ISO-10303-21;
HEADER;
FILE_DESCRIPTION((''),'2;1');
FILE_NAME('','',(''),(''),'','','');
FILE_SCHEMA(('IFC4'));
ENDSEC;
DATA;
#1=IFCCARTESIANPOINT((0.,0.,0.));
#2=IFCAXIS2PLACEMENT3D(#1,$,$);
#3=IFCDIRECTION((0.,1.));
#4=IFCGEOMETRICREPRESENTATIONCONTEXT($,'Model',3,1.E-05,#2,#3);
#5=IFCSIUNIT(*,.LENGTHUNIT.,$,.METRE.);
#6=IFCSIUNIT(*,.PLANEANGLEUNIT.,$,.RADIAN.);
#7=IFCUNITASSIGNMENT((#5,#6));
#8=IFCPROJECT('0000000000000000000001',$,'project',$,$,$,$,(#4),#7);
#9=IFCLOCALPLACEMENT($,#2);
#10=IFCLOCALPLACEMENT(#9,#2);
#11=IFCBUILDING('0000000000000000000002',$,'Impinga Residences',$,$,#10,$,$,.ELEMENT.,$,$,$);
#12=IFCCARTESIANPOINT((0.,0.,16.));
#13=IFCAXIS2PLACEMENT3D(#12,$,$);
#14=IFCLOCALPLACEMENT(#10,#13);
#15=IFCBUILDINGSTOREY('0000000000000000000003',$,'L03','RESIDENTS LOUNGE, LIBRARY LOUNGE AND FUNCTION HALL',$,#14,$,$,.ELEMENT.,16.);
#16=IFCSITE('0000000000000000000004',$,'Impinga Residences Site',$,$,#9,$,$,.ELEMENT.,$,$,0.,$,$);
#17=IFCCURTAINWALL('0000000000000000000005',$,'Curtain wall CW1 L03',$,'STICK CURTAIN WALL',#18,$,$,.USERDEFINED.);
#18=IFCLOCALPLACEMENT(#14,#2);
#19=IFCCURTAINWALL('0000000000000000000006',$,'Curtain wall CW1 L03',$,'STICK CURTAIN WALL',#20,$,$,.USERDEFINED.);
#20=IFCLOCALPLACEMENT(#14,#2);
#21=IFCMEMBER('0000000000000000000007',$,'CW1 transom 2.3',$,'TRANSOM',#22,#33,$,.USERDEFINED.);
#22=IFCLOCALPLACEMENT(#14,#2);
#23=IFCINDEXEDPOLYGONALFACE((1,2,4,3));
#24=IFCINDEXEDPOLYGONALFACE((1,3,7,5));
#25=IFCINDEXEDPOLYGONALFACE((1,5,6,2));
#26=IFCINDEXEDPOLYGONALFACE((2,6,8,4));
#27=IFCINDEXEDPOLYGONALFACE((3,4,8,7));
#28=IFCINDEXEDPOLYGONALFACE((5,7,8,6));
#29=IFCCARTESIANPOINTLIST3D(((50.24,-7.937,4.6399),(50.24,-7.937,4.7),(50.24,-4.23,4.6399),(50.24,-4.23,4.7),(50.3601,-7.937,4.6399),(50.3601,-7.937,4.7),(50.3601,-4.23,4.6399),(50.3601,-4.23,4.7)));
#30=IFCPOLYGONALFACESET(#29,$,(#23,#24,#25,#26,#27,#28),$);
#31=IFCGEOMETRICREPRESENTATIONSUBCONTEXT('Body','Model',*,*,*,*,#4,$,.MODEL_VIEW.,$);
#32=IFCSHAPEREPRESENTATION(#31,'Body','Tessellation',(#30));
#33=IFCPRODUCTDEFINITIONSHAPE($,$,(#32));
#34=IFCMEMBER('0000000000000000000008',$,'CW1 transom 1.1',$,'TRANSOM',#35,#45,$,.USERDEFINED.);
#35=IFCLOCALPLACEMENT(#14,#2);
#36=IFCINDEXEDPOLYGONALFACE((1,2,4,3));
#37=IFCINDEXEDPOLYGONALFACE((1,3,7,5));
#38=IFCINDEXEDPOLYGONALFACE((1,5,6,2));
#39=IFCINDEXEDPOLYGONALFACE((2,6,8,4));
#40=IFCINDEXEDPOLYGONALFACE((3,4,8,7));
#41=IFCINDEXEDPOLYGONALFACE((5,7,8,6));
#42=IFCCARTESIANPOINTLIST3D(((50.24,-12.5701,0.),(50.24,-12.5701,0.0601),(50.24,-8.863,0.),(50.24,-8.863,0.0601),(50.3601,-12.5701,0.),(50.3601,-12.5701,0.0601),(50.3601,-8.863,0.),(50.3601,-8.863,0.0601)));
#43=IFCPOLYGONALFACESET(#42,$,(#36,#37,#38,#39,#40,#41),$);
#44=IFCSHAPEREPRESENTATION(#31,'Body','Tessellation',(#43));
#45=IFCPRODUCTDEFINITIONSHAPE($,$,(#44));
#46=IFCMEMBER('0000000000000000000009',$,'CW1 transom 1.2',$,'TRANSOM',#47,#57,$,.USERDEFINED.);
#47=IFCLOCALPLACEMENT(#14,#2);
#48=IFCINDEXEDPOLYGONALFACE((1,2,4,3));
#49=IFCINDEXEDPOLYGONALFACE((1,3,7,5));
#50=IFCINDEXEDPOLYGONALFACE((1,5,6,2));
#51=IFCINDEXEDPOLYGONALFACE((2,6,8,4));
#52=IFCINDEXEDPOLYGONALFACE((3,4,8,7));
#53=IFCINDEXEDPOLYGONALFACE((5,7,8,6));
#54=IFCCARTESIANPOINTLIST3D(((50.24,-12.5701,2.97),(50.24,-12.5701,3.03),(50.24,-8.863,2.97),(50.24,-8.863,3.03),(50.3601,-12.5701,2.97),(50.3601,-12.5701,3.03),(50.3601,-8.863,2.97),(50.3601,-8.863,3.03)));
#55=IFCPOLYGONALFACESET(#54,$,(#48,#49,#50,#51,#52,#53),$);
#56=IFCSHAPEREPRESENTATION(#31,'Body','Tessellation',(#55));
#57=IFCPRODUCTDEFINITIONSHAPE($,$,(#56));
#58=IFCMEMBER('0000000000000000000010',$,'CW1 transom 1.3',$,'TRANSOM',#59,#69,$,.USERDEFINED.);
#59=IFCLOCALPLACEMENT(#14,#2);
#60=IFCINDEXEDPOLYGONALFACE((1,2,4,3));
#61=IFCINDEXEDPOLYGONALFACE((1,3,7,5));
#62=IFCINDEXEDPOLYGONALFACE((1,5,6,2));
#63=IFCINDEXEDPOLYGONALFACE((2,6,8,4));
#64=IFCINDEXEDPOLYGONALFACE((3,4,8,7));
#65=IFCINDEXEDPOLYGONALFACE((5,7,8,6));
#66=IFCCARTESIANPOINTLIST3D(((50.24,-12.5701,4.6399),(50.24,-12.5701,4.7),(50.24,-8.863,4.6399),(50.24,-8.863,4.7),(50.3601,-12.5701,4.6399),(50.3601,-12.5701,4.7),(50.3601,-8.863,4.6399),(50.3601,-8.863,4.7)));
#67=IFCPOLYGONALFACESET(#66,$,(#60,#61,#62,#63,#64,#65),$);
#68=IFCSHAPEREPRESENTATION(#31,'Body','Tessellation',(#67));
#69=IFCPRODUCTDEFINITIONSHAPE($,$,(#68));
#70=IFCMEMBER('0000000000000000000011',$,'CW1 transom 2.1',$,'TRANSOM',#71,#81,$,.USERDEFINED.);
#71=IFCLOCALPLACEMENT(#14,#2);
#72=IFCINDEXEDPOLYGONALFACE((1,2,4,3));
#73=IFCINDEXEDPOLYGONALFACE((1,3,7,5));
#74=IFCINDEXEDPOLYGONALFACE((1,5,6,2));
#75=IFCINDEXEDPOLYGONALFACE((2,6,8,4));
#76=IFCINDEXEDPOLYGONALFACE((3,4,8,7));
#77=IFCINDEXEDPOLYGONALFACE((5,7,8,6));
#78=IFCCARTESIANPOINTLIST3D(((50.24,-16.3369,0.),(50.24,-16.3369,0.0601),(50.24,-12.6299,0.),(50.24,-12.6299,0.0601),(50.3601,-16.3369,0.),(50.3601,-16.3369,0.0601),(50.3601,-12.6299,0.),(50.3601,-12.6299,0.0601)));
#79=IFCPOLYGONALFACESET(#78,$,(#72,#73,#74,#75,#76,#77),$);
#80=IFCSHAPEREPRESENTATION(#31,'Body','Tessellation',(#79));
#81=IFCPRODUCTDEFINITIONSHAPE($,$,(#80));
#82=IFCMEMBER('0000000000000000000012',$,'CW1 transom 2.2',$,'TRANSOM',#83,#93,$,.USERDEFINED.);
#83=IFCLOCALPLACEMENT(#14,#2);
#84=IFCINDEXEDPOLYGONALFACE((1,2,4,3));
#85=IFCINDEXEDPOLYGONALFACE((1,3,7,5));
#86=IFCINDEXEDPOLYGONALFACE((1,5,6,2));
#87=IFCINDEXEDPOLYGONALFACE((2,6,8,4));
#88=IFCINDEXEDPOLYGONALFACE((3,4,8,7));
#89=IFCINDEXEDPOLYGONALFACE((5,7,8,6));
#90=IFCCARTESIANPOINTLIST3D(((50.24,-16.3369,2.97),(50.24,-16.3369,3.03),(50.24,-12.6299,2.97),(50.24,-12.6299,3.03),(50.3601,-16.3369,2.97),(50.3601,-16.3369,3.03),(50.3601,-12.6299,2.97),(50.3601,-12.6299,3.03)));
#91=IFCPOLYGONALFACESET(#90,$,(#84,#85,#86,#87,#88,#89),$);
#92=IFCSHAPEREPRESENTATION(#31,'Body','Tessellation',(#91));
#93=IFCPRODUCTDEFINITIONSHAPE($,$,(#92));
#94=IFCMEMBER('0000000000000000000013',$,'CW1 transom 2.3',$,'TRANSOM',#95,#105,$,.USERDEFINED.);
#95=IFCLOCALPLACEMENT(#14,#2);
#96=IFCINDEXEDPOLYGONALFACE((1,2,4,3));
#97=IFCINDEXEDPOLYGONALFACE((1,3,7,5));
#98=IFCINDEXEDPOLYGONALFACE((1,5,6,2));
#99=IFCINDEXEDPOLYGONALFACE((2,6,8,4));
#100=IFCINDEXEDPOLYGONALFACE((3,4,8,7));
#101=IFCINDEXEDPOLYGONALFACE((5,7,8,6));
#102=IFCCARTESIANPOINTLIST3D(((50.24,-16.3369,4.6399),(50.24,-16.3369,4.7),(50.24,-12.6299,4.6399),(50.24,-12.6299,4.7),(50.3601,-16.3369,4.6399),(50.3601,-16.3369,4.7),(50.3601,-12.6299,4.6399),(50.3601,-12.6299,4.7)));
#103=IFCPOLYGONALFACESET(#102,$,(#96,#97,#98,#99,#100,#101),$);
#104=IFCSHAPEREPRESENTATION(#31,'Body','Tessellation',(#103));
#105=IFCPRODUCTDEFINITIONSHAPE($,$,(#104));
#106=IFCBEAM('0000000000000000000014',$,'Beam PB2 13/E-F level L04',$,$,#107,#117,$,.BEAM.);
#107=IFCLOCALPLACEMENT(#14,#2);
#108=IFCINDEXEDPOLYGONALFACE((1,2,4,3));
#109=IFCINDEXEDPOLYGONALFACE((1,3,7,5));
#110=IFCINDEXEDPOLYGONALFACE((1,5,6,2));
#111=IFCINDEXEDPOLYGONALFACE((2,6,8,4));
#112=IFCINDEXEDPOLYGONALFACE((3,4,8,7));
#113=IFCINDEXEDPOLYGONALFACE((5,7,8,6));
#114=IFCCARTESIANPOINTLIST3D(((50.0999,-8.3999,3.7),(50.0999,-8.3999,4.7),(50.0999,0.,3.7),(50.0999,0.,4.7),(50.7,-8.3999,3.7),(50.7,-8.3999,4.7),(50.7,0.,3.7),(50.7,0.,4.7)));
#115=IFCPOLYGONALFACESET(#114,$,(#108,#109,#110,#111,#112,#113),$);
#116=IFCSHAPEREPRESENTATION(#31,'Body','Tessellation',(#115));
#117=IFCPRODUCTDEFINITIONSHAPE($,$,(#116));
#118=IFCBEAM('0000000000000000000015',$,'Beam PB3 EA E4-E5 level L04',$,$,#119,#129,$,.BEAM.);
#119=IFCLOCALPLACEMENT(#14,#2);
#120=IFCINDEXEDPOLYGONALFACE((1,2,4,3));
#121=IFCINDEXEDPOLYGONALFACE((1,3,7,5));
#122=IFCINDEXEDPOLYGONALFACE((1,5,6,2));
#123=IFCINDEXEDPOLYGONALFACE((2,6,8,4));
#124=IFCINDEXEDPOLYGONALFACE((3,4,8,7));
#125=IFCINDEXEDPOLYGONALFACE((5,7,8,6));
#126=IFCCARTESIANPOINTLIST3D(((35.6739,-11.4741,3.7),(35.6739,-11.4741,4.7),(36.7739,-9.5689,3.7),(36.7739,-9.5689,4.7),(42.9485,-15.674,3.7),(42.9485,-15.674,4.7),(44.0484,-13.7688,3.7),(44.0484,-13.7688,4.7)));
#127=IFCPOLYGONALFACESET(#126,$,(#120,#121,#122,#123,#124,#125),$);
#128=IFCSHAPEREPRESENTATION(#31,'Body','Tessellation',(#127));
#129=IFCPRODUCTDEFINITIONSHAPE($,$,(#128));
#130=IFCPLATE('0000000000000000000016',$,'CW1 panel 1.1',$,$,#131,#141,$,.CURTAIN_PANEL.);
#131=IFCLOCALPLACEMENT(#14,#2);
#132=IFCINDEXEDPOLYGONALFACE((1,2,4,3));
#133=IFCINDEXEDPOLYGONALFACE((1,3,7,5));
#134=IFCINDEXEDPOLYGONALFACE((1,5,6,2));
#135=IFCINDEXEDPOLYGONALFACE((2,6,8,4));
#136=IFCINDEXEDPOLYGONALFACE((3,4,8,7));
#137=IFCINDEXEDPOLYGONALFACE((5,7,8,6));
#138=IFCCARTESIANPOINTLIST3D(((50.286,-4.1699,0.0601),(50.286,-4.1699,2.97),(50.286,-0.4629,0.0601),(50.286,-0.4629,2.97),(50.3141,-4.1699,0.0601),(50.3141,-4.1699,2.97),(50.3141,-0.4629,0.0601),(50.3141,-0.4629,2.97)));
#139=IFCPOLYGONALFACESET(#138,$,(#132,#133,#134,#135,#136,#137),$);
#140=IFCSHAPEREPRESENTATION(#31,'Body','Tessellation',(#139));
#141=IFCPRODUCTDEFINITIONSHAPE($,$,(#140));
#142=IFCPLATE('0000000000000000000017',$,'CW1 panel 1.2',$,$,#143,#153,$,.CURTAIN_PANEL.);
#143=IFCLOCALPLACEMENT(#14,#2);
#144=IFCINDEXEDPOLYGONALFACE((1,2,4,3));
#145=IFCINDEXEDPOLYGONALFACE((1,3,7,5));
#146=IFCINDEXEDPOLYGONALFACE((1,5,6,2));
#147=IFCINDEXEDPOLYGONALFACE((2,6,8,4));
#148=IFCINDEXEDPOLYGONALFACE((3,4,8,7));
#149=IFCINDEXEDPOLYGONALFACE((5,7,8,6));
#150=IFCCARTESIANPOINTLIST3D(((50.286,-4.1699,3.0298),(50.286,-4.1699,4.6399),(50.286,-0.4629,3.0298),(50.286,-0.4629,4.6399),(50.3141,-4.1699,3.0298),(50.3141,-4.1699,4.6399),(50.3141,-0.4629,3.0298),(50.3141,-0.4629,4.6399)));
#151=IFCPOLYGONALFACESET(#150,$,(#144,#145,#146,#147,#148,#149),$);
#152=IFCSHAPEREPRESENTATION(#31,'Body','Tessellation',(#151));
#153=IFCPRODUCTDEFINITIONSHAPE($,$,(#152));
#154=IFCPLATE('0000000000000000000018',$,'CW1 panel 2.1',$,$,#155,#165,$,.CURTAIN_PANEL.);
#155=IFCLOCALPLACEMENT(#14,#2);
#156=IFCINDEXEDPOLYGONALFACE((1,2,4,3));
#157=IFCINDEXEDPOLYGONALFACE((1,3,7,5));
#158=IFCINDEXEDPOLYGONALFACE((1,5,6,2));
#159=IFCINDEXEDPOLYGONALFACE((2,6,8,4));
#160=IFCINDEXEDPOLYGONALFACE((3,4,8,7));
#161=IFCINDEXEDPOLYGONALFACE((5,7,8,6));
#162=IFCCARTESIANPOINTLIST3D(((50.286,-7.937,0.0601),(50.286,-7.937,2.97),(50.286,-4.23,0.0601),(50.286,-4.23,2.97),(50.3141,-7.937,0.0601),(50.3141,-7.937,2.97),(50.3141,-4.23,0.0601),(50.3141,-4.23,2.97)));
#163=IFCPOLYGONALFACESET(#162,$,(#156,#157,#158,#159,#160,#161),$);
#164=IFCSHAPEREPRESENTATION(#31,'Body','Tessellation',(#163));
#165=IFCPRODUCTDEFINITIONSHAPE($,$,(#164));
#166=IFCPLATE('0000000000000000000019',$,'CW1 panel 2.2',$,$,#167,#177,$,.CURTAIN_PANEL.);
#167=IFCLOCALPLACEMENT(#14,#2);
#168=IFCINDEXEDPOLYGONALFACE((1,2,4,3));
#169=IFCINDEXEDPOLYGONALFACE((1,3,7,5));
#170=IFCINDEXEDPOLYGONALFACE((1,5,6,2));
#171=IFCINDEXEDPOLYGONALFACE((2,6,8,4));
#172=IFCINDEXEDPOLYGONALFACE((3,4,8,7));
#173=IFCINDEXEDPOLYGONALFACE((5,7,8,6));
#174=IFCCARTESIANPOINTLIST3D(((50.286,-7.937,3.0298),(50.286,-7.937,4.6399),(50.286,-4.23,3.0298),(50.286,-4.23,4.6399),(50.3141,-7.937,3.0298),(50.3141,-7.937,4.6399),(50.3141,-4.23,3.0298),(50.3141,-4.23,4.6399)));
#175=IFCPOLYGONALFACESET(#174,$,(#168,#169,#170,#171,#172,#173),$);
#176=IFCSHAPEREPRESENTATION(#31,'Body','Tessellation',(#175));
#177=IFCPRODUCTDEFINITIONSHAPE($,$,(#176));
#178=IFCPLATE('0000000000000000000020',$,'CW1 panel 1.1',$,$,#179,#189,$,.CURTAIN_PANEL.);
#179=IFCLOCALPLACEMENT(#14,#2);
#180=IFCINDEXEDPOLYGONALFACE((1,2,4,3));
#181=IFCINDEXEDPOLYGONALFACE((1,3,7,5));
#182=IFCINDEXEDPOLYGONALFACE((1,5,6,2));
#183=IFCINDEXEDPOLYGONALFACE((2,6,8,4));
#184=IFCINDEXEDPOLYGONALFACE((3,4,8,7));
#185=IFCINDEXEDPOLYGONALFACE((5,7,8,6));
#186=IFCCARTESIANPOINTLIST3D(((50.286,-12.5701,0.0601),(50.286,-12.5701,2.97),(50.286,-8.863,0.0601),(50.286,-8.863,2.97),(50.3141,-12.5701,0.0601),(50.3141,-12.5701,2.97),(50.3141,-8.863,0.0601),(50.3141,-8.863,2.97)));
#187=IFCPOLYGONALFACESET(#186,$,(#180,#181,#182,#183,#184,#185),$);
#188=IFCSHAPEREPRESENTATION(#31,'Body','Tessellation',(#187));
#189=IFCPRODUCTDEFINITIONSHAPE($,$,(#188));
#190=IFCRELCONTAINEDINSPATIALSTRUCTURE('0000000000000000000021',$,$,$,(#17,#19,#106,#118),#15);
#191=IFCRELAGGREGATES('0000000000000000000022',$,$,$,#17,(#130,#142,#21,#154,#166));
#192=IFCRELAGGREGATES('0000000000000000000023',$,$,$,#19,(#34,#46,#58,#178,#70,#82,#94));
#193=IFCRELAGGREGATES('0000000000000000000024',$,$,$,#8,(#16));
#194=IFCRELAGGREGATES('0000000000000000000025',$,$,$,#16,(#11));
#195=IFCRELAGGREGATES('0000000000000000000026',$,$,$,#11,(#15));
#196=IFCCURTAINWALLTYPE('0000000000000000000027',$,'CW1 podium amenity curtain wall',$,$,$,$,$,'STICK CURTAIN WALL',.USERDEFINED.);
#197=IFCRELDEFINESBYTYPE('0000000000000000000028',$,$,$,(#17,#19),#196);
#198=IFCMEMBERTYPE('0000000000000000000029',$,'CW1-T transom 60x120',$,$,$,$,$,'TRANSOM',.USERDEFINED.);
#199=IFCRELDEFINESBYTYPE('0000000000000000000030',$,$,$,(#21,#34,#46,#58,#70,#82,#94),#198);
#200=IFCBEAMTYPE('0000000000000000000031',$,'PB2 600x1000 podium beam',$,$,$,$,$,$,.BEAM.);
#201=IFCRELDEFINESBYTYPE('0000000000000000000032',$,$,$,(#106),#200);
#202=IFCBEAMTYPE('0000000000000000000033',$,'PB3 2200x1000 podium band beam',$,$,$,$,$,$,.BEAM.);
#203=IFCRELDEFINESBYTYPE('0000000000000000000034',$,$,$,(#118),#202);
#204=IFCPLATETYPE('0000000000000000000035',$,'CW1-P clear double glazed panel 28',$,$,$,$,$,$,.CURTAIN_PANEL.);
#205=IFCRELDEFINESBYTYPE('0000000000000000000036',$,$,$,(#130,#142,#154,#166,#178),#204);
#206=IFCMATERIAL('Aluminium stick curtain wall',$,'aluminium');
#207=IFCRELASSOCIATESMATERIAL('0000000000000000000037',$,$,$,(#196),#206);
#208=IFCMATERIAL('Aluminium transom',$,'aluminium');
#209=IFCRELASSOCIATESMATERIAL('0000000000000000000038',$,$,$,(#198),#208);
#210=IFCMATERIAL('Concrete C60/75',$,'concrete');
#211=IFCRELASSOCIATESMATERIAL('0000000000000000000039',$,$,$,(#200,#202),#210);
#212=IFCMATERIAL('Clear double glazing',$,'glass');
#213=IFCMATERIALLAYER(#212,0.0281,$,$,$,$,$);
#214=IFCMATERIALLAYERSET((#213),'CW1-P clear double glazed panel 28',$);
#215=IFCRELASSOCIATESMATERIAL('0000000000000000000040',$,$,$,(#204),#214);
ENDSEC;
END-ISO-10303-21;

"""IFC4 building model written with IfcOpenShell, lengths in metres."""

from ifc_helpers import new_model, si_unit, direction, frame, origin, origin_2d, place, context, subcontext, project, spatial, rectangle, extrude, material, layer, layer_set, material_profile, profile_set, type_object, element, aggregate, save


model = new_model("IFC4")

# Units and contexts
model_context = context("Model", 3, precision=1e-05, world=origin(), true_north=direction((0.0, 1.0)))
body_context = subcontext(model_context, "Body", "Model", "MODEL_VIEW")
ifc_project = project(units=[si_unit("LENGTHUNIT", "METRE"), si_unit("PLANEANGLEUNIT", "RADIAN")], contexts=[model_context])

# Site, building, storey
site_placement = place(None, origin())
site = spatial("IfcSite", under=ifc_project, at=site_placement, Name="Impinga Residences Site", CompositionType="ELEMENT", RefElevation=0.0)
building_placement = place(site_placement, origin())
building = spatial("IfcBuilding", under=site, at=building_placement, Name="Impinga Residences", CompositionType="ELEMENT")
storey_placement = place(building_placement, frame((0.0, 0.0, 16.0)))
storey = spatial("IfcBuildingStorey", under=building, at=storey_placement, Name="L03", Description="RESIDENTS LOUNGE, LIBRARY LOUNGE AND FUNCTION HALL", CompositionType="ELEMENT", Elevation=16.0)

# Shared definitions
ifc_material_1 = material(Name="Concrete C60/75", Category="concrete")

# Curtain walls
ifc_material_2 = material(Name="Aluminium stick curtain wall", Category="aluminium")
curtain_wall_type = type_object("IfcCurtainWallType", Name="CW1 podium amenity curtain wall", ElementType="STICK CURTAIN WALL", PredefinedType="USERDEFINED", material=ifc_material_2)
curtain_wall_1_placement = place(storey_placement, origin())
curtain_wall_1 = element("IfcCurtainWall", 1, at=curtain_wall_1_placement, inside=storey, type_object=curtain_wall_type, Name="Curtain wall CW1 L03", ObjectType="STICK CURTAIN WALL", PredefinedType="USERDEFINED")
curtain_wall_2_placement = place(storey_placement, origin())
curtain_wall_2 = element("IfcCurtainWall", 2, at=curtain_wall_2_placement, inside=storey, type_object=curtain_wall_type, Name="Curtain wall CW1 L03", ObjectType="STICK CURTAIN WALL", PredefinedType="USERDEFINED")

# Members
ifc_material_3 = material(Name="Aluminium transom", Category="aluminium")
ifc_material_profile_1 = material_profile(ifc_material_3, rectangle(XDim=0.0601, YDim=0.1201, at=origin_2d()), Name="60x120 transom")
ifc_profile_set_1 = profile_set([ifc_material_profile_1], Name="Aluminium transom")
member_type_1 = type_object("IfcMemberType", Name="CW1-T transom 60x120", ElementType="TRANSOM", PredefinedType="USERDEFINED", material=ifc_profile_set_1)
member_1_placement = place(storey_placement, frame((50.3, -4.23, 4.6699), z_axis=(0.0, -1.0, 0.0), x_axis=(0.0, 0.0, 1.0)))
member_1 = element("IfcMember", 3, at=member_1_placement, type_object=member_type_1, Name="CW1 transom 2.3", ObjectType="TRANSOM", PredefinedType="USERDEFINED", context=body_context, shape_type="SweptSolid", body=[
    extrude(rectangle(XDim=0.0601, YDim=0.1201, at=origin_2d()), origin(), (0.0, 0.0, 1.0), 3.707),
])
member_2_placement = place(storey_placement, frame((50.3, -8.863, 0.03), z_axis=(0.0, -1.0, 0.0), x_axis=(0.0, 0.0, 1.0)))
member_2 = element("IfcMember", 4, at=member_2_placement, type_object=member_type_1, Name="CW1 transom 1.1", ObjectType="TRANSOM", PredefinedType="USERDEFINED", context=body_context, shape_type="SweptSolid", body=[
    extrude(rectangle(XDim=0.0601, YDim=0.1201, at=origin_2d()), origin(), (0.0, 0.0, 1.0), 3.707),
])
member_3_placement = place(storey_placement, frame((50.3, -8.863, 3.0), z_axis=(0.0, -1.0, 0.0), x_axis=(0.0, 0.0, 1.0)))
member_3 = element("IfcMember", 5, at=member_3_placement, type_object=member_type_1, Name="CW1 transom 1.2", ObjectType="TRANSOM", PredefinedType="USERDEFINED", context=body_context, shape_type="SweptSolid", body=[
    extrude(rectangle(XDim=0.0601, YDim=0.1201, at=origin_2d()), origin(), (0.0, 0.0, 1.0), 3.707),
])
member_4_placement = place(storey_placement, frame((50.3, -8.863, 4.6699), z_axis=(0.0, -1.0, 0.0), x_axis=(0.0, 0.0, 1.0)))
member_4 = element("IfcMember", 6, at=member_4_placement, type_object=member_type_1, Name="CW1 transom 1.3", ObjectType="TRANSOM", PredefinedType="USERDEFINED", context=body_context, shape_type="SweptSolid", body=[
    extrude(rectangle(XDim=0.0601, YDim=0.1201, at=origin_2d()), origin(), (0.0, 0.0, 1.0), 3.707),
])
member_5_placement = place(storey_placement, frame((50.3, -12.6299, 0.03), z_axis=(0.0, -1.0, 0.0), x_axis=(0.0, 0.0, 1.0)))
member_5 = element("IfcMember", 7, at=member_5_placement, type_object=member_type_1, Name="CW1 transom 2.1", ObjectType="TRANSOM", PredefinedType="USERDEFINED", context=body_context, shape_type="SweptSolid", body=[
    extrude(rectangle(XDim=0.0601, YDim=0.1201, at=origin_2d()), origin(), (0.0, 0.0, 1.0), 3.707),
])
member_6_placement = place(storey_placement, frame((50.3, -12.6299, 3.0), z_axis=(0.0, -1.0, 0.0), x_axis=(0.0, 0.0, 1.0)))
member_6 = element("IfcMember", 8, at=member_6_placement, type_object=member_type_1, Name="CW1 transom 2.2", ObjectType="TRANSOM", PredefinedType="USERDEFINED", context=body_context, shape_type="SweptSolid", body=[
    extrude(rectangle(XDim=0.0601, YDim=0.1201, at=origin_2d()), origin(), (0.0, 0.0, 1.0), 3.707),
])
member_7_placement = place(storey_placement, frame((50.3, -12.6299, 4.6699), z_axis=(0.0, -1.0, 0.0), x_axis=(0.0, 0.0, 1.0)))
member_7 = element("IfcMember", 9, at=member_7_placement, type_object=member_type_1, Name="CW1 transom 2.3", ObjectType="TRANSOM", PredefinedType="USERDEFINED", context=body_context, shape_type="SweptSolid", body=[
    extrude(rectangle(XDim=0.0601, YDim=0.1201, at=origin_2d()), origin(), (0.0, 0.0, 1.0), 3.707),
])

# Beams
ifc_material_profile_2 = material_profile(ifc_material_1, rectangle(XDim=0.6001, YDim=1.0, at=origin_2d()), Name="RC 600x1000")
ifc_profile_set_2 = profile_set([ifc_material_profile_2], Name="Concrete C60/75")
beam_type_1 = type_object("IfcBeamType", Name="PB2 600x1000 podium beam", PredefinedType="BEAM", material=ifc_profile_set_2)
beam_1_placement = place(storey_placement, frame((50.3999, -8.3999, 4.2), z_axis=(0.0, 1.0, 0.0), x_axis=(-1.0, 0.0, 0.0)))
element("IfcBeam", 10, at=beam_1_placement, inside=storey, type_object=beam_type_1, Name="Beam PB2 13/E-F level L04", PredefinedType="BEAM", context=body_context, shape_type="SweptSolid", body=[
    extrude(rectangle(XDim=0.6001, YDim=1.0, at=origin_2d()), origin(), (0.0, 0.0, 1.0), 8.3999),
])
ifc_material_profile_3 = material_profile(ifc_material_1, rectangle(XDim=2.2, YDim=1.0, at=origin_2d()), Name="RC 2200x1000")
ifc_profile_set_3 = profile_set([ifc_material_profile_3], Name="Concrete C60/75")
beam_type_2 = type_object("IfcBeamType", Name="PB3 2200x1000 podium band beam", PredefinedType="BEAM", material=ifc_profile_set_3)
beam_2_placement = place(storey_placement, frame((36.2239, -10.5215, 4.2), z_axis=(0.866029, -0.499993, 0.0), x_axis=(0.499993, 0.866029, 0.0)))
element("IfcBeam", 11, at=beam_2_placement, inside=storey, type_object=beam_type_2, Name="Beam PB3 EA E4-E5 level L04", PredefinedType="BEAM", context=body_context, shape_type="SweptSolid", body=[
    extrude(rectangle(XDim=2.2, YDim=1.0, at=origin_2d()), origin(), (0.0, 0.0, 1.0), 8.3999),
])

# Plates
ifc_material_4 = material(Name="Clear double glazing", Category="glass")
ifc_layer = layer(ifc_material_4, 0.0281)
ifc_layer_set = layer_set([ifc_layer], Name="CW1-P clear double glazed panel 28")
plate_type = type_object("IfcPlateType", Name="CW1-P clear double glazed panel 28", PredefinedType="CURTAIN_PANEL", material=ifc_layer_set)
plate_1_placement = place(storey_placement, frame((50.3, -2.3164, 0.0601), z_axis=(0.0, 0.0, 1.0), x_axis=(0.0, -1.0, 0.0)))
plate_1 = element("IfcPlate", 12, at=plate_1_placement, type_object=plate_type, Name="CW1 panel 1.1", PredefinedType="CURTAIN_PANEL", context=body_context, shape_type="SweptSolid", body=[
    extrude(rectangle(XDim=3.707, YDim=0.0281, at=origin_2d()), origin(), (0.0, 0.0, 1.0), 2.9099),
])
plate_2_placement = place(storey_placement, frame((50.3, -2.3164, 3.0298), z_axis=(0.0, 0.0, 1.0), x_axis=(0.0, -1.0, 0.0)))
plate_2 = element("IfcPlate", 13, at=plate_2_placement, type_object=plate_type, Name="CW1 panel 1.2", PredefinedType="CURTAIN_PANEL", context=body_context, shape_type="SweptSolid", body=[
    extrude(rectangle(XDim=3.707, YDim=0.0281, at=origin_2d()), origin(), (0.0, 0.0, 1.0), 1.6101),
])
plate_3_placement = place(storey_placement, frame((50.3, -6.0835, 0.0601), z_axis=(0.0, 0.0, 1.0), x_axis=(0.0, -1.0, 0.0)))
plate_3 = element("IfcPlate", 14, at=plate_3_placement, type_object=plate_type, Name="CW1 panel 2.1", PredefinedType="CURTAIN_PANEL", context=body_context, shape_type="SweptSolid", body=[
    extrude(rectangle(XDim=3.707, YDim=0.0281, at=origin_2d()), origin(), (0.0, 0.0, 1.0), 2.9099),
])
plate_4_placement = place(storey_placement, frame((50.3, -6.0835, 3.0298), z_axis=(0.0, 0.0, 1.0), x_axis=(0.0, -1.0, 0.0)))
plate_4 = element("IfcPlate", 15, at=plate_4_placement, type_object=plate_type, Name="CW1 panel 2.2", PredefinedType="CURTAIN_PANEL", context=body_context, shape_type="SweptSolid", body=[
    extrude(rectangle(XDim=3.707, YDim=0.0281, at=origin_2d()), origin(), (0.0, 0.0, 1.0), 1.6101),
])
aggregate(curtain_wall_1, [plate_1, plate_2, member_1, plate_3, plate_4])
plate_5_placement = place(storey_placement, frame((50.3, -10.7166, 0.0601), z_axis=(0.0, 0.0, 1.0), x_axis=(0.0, -1.0, 0.0)))
plate_5 = element("IfcPlate", 16, at=plate_5_placement, type_object=plate_type, Name="CW1 panel 1.1", PredefinedType="CURTAIN_PANEL", context=body_context, shape_type="SweptSolid", body=[
    extrude(rectangle(XDim=3.707, YDim=0.0281, at=origin_2d()), origin(), (0.0, 0.0, 1.0), 2.9099),
])
aggregate(curtain_wall_2, [member_2, member_3, member_4, plate_5, member_5, member_6, member_7])

save(model, "model.ifc")
